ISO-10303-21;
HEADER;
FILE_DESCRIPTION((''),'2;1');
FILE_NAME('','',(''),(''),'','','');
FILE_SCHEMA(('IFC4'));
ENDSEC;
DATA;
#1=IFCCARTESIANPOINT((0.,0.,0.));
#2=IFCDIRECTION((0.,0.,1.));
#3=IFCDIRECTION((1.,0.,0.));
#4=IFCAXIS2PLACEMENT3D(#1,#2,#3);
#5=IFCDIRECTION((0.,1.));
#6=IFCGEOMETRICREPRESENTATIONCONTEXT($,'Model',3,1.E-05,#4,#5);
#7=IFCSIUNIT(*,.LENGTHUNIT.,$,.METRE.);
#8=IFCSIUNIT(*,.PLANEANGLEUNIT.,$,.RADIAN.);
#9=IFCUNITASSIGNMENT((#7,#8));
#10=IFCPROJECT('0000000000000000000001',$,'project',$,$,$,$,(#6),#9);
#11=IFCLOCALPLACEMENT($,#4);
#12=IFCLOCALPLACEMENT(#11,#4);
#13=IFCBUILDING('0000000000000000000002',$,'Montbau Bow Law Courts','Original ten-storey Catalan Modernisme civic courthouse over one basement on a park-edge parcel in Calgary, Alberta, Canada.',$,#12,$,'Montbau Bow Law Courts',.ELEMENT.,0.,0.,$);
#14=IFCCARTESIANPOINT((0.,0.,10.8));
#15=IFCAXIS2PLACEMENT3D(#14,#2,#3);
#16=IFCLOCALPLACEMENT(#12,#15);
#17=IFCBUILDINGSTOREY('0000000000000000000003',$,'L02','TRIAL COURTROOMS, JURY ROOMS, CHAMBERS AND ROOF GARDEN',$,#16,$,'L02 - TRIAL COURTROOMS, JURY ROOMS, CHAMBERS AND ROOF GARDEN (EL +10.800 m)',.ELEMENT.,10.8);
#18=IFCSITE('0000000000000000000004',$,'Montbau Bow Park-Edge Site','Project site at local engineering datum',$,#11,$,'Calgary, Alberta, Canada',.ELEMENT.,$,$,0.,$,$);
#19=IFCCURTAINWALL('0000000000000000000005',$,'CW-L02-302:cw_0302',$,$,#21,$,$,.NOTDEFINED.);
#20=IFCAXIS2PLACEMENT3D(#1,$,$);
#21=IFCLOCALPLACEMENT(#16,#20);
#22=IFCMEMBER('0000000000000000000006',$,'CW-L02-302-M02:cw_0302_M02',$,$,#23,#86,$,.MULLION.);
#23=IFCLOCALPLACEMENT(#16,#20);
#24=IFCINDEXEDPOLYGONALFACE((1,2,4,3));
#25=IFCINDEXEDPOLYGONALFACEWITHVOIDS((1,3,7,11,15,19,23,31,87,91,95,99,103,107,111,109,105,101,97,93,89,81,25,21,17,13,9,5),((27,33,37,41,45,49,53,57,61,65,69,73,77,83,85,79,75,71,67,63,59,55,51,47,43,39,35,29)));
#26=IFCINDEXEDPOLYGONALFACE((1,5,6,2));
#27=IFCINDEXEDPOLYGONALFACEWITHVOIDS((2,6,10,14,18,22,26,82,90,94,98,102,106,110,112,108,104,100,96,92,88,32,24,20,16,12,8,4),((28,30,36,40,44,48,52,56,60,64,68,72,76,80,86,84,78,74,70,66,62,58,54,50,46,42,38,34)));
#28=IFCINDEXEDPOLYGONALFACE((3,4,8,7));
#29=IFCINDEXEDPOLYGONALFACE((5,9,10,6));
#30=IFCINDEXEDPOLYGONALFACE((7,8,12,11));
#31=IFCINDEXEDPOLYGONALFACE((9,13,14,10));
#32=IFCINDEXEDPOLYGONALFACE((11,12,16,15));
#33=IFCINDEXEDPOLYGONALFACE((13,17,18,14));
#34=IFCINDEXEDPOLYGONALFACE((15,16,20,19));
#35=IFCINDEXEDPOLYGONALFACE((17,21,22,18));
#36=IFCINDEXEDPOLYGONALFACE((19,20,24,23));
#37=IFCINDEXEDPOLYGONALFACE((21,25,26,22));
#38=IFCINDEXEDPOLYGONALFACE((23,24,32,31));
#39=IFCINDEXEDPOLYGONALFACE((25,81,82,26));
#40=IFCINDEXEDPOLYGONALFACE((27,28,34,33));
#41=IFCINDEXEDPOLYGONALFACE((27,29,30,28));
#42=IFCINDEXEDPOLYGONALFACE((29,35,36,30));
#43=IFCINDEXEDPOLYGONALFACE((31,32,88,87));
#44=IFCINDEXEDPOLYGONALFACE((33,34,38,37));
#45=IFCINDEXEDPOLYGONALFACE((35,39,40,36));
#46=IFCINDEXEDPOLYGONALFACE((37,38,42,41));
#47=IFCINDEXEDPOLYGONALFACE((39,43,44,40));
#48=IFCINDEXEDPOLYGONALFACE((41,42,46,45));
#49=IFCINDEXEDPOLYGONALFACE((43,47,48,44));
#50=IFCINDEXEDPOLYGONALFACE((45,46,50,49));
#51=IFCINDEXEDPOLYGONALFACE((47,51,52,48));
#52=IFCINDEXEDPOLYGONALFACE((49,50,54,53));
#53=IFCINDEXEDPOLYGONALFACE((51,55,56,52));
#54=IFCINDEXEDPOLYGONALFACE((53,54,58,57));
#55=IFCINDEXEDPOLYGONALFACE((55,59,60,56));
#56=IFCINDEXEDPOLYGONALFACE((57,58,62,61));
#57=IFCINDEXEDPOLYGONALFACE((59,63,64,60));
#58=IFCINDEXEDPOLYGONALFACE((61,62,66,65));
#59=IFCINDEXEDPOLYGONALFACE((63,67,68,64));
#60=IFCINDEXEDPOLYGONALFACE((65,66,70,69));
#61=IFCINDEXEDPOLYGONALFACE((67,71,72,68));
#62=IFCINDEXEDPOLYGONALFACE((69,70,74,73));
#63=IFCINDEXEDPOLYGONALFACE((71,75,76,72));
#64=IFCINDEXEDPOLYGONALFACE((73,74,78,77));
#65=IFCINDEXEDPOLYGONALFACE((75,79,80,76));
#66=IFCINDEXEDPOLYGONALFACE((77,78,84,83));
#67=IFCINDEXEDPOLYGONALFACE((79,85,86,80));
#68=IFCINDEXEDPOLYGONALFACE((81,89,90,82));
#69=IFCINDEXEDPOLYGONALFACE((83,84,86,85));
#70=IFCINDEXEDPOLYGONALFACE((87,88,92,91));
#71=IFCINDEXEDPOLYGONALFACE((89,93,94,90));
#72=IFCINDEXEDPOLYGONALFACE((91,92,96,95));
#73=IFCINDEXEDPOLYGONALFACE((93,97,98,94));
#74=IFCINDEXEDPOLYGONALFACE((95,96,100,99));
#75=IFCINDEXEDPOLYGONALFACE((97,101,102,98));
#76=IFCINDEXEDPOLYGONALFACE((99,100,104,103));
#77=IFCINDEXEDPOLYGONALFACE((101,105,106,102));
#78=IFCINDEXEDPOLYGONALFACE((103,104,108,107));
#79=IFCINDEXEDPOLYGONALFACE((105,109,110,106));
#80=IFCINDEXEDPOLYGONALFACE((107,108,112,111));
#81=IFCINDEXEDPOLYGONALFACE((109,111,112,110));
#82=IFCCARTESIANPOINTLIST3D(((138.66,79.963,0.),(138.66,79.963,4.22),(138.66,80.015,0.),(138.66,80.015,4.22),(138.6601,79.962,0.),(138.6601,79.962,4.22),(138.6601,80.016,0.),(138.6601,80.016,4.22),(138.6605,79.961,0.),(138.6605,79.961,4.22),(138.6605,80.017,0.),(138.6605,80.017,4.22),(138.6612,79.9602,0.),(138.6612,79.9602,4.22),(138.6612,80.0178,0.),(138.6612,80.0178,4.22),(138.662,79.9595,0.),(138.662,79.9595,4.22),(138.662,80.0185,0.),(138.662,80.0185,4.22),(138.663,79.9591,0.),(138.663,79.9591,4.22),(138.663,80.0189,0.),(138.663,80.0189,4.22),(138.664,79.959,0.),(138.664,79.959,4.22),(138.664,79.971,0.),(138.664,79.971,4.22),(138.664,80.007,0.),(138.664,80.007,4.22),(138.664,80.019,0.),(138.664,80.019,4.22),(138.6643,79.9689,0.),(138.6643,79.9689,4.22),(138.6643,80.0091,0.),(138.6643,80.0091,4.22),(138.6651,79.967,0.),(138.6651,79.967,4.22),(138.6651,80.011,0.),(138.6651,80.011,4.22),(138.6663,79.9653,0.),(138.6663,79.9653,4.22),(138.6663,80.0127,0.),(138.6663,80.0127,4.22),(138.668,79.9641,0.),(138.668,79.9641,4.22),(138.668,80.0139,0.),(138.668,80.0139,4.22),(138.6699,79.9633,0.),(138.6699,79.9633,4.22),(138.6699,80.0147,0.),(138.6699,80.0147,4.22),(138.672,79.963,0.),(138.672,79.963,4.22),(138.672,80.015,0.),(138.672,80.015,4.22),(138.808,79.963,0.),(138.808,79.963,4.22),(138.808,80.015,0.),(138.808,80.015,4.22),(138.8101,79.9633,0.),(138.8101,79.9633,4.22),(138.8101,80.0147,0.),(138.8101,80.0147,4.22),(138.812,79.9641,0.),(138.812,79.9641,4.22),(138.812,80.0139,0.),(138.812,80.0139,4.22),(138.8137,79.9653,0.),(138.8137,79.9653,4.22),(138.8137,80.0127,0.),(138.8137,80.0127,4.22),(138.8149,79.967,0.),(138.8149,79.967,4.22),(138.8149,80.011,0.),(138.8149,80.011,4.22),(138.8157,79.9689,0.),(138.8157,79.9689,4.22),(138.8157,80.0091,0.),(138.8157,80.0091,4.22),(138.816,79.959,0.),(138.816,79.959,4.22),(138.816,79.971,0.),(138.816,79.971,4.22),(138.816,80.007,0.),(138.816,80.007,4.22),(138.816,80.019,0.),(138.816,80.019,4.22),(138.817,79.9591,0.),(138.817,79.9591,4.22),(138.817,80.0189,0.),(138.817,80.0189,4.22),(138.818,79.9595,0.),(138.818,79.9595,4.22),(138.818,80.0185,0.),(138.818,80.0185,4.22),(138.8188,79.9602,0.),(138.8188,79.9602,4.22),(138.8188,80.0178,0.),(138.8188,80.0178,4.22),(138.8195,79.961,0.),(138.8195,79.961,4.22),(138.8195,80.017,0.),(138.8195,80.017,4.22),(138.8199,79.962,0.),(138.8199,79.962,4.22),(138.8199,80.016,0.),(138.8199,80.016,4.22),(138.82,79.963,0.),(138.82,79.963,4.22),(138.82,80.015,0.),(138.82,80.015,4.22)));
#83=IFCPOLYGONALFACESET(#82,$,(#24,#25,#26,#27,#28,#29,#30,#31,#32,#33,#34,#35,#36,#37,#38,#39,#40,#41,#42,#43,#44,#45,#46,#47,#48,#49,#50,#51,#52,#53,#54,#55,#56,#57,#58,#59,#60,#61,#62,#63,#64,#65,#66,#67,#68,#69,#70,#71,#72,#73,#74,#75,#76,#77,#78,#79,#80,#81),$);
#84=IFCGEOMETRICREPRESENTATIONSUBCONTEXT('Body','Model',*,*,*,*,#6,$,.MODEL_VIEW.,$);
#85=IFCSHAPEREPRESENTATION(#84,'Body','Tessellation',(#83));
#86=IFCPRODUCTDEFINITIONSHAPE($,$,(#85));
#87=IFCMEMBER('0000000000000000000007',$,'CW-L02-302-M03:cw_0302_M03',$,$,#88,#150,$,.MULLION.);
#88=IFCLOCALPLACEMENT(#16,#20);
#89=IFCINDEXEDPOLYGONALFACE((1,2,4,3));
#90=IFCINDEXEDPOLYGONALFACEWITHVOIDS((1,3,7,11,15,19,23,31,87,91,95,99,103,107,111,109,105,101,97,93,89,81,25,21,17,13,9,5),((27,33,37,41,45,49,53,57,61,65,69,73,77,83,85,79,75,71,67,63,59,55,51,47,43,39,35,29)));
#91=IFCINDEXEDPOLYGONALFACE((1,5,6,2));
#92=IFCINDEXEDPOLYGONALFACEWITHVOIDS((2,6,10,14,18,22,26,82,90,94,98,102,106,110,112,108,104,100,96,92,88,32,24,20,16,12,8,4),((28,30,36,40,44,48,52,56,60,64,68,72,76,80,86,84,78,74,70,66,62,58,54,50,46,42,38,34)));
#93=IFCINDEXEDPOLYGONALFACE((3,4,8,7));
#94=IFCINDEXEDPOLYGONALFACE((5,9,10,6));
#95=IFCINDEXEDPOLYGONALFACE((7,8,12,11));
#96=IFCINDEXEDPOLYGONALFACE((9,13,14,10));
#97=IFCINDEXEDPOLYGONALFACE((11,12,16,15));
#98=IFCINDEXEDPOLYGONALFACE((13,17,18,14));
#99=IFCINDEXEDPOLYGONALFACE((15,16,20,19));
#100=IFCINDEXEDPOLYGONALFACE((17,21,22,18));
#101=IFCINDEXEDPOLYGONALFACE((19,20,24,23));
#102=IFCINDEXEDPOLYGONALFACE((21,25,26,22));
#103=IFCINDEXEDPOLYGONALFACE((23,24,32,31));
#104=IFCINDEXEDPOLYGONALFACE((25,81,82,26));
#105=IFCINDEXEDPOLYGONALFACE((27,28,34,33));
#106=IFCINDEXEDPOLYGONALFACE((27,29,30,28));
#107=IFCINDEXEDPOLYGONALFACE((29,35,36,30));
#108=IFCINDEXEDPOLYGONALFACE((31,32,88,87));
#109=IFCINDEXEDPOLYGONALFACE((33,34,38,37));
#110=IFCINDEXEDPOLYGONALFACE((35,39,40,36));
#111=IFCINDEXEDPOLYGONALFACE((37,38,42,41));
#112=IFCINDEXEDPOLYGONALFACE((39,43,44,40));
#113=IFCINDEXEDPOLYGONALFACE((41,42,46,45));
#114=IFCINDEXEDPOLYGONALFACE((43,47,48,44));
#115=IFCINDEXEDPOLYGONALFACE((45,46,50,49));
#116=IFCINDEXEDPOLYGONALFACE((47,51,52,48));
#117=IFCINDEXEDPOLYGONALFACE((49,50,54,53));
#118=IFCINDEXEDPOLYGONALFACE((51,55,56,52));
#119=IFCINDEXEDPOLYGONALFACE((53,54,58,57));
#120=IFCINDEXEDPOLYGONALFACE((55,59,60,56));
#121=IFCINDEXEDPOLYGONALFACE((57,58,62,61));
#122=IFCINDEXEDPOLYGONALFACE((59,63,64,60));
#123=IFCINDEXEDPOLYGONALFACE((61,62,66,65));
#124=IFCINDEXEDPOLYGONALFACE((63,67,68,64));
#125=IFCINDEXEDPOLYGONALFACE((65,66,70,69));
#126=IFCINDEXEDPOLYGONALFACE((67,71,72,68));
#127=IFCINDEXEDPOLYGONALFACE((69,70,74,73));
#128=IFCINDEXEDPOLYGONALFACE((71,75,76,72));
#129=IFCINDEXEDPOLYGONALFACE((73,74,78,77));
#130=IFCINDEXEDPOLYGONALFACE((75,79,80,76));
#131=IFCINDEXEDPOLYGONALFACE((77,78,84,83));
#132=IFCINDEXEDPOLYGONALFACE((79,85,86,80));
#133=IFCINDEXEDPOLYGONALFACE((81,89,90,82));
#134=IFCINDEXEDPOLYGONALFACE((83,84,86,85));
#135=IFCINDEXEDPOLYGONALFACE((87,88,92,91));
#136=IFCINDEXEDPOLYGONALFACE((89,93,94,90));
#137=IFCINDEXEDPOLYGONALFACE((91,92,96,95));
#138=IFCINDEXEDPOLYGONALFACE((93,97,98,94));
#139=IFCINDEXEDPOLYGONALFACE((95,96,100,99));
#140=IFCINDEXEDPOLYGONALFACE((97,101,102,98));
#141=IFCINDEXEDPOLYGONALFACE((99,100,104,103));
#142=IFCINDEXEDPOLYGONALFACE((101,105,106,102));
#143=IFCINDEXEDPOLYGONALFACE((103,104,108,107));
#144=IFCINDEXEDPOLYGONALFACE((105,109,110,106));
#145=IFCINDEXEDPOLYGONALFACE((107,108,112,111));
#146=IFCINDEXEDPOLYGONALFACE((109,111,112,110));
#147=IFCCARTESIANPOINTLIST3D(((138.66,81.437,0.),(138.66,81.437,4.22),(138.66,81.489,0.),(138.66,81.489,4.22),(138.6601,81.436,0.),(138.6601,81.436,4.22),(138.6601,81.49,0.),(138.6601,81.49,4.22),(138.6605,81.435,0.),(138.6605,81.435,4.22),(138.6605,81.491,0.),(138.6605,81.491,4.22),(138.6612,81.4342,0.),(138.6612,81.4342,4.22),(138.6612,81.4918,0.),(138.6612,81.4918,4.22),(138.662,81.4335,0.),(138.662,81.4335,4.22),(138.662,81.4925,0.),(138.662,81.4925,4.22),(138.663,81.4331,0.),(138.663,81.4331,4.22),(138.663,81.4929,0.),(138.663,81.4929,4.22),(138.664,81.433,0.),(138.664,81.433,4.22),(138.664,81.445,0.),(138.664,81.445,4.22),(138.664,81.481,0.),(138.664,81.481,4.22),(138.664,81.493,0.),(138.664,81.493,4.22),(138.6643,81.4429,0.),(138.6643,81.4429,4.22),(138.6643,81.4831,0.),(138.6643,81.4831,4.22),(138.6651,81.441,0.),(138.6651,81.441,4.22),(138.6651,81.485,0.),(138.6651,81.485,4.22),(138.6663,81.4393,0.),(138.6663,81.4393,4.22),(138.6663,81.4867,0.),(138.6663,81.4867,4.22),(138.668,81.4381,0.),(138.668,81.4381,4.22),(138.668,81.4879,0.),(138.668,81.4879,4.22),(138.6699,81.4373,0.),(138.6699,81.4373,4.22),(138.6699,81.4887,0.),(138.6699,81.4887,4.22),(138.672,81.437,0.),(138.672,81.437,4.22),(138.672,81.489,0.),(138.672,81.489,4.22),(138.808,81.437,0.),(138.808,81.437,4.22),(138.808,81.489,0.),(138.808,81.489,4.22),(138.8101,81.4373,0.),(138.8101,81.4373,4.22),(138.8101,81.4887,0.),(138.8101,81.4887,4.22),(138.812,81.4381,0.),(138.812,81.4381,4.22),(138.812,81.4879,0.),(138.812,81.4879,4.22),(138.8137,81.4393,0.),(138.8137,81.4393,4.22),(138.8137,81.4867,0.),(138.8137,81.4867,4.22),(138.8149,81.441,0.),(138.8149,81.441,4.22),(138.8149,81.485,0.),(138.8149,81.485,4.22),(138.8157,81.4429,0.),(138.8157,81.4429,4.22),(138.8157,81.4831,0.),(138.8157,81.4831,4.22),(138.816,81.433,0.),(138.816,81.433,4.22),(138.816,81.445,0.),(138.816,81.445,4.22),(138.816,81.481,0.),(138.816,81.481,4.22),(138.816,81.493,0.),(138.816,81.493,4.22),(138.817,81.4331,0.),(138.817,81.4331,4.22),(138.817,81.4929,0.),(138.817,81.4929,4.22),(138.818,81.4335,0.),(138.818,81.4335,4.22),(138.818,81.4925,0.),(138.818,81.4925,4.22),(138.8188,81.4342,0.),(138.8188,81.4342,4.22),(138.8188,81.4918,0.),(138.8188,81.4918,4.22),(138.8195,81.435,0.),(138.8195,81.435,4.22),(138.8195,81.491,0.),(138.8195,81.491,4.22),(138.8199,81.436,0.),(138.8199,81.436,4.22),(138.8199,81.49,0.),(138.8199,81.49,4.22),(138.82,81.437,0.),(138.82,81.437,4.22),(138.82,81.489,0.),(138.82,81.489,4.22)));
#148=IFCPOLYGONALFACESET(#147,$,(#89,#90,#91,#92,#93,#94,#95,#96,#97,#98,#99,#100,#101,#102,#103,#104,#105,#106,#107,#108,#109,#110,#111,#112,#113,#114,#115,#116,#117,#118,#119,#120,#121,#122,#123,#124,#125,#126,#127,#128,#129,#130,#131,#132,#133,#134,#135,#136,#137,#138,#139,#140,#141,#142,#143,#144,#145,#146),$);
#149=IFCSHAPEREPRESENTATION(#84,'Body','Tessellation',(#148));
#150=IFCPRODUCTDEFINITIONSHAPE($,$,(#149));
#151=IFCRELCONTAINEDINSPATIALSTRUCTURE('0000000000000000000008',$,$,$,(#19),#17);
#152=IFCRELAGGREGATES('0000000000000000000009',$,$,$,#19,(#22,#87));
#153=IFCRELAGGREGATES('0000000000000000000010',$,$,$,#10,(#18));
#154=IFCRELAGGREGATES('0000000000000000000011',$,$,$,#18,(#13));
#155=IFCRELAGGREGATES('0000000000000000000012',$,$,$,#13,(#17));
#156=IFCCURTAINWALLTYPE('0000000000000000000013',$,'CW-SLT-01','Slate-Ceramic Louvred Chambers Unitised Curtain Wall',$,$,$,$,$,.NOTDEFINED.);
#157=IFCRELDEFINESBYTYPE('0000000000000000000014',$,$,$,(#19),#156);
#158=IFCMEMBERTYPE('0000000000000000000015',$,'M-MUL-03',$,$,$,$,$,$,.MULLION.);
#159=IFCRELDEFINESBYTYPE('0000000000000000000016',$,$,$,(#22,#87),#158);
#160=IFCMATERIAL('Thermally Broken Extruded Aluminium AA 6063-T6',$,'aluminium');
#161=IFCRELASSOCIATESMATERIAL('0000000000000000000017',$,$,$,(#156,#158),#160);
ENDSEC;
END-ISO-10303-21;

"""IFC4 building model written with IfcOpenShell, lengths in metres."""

from ifc_helpers import new_model, si_unit, direction, frame, origin_with_axes, origin_2d_with_axis, place, context, subcontext, project, spatial, hollow_rectangle, extrude, material, material_profile, profile_set, type_object, element, aggregate, save


model = new_model("IFC4")

# Units and contexts
model_context = context("Model", 3, precision=1e-05, world=origin_with_axes(), true_north=direction((0.0, 1.0)))
body_context = subcontext(model_context, "Body", "Model", "MODEL_VIEW")
ifc_project = project(units=[si_unit("LENGTHUNIT", "METRE"), si_unit("PLANEANGLEUNIT", "RADIAN")], contexts=[model_context])

# Site, building, storey
site_placement = place(None, origin_with_axes())
site = spatial("IfcSite", under=ifc_project, at=site_placement, Name="Montbau Bow Park-Edge Site", Description="Project site at local engineering datum", LongName="Calgary, Alberta, Canada", CompositionType="ELEMENT", RefElevation=0.0)
building_placement = place(site_placement, origin_with_axes())
building = spatial("IfcBuilding", under=site, at=building_placement, Name="Montbau Bow Law Courts", Description="Original ten-storey Catalan Modernisme civic courthouse over one basement on a park-edge parcel in Calgary, Alberta, Canada.", LongName="Montbau Bow Law Courts", CompositionType="ELEMENT", ElevationOfRefHeight=0.0, ElevationOfTerrain=0.0)
storey_placement = place(building_placement, frame((0.0, 0.0, 10.8), z_axis=(0.0, 0.0, 1.0), x_axis=(1.0, 0.0, 0.0)))
storey = spatial("IfcBuildingStorey", under=building, at=storey_placement, Name="L02", Description="TRIAL COURTROOMS, JURY ROOMS, CHAMBERS AND ROOF GARDEN", LongName="L02 - TRIAL COURTROOMS, JURY ROOMS, CHAMBERS AND ROOF GARDEN (EL +10.800 m)", CompositionType="ELEMENT", Elevation=10.8)

# Curtain wall, members
ifc_material_1 = material(Name="Thermally Broken Extruded Aluminium AA 6063-T6", Category="aluminium")
curtain_wall_type = type_object("IfcCurtainWallType", Name="CW-SLT-01", Description="Slate-Ceramic Louvred Chambers Unitised Curtain Wall", PredefinedType="NOTDEFINED", material=ifc_material_1)
curtain_wall_1_placement = place(None, frame((138.74, 78.515, 10.8), z_axis=(0.0, 0.0, 1.0), x_axis=(1.0, 0.0, 0.0)))
curtain_wall_1 = element("IfcCurtainWall", 1, at=curtain_wall_1_placement, inside=storey, type_object=curtain_wall_type, Name="CW-L02-302:cw_0302", PredefinedType="NOTDEFINED")
ifc_material_profile_1 = material_profile(ifc_material_1, hollow_rectangle(XDim=0.06, YDim=0.16, WallThickness=0.004, InnerFilletRadius=0.008, OuterFilletRadius=0.004, at=origin_2d_with_axis()), Name="CWM-160X60", Category="Main", Priority=0)
ifc_profile_set_1 = profile_set([ifc_material_profile_1], Name="Thermally Broken Extruded Aluminium AA 6063-T6")
member_type_1 = type_object("IfcMemberType", Name="M-MUL-03", PredefinedType="MULLION", material=ifc_profile_set_1)
member_1_placement = place(None, frame((138.74, 79.989, 10.8), z_axis=(0.0, 0.0, 1.0), x_axis=(0.0, 1.0, 0.0)))
member_1 = element("IfcMember", 2, at=member_1_placement, type_object=member_type_1, Name="CW-L02-302-M02:cw_0302_M02", PredefinedType="MULLION", context=body_context, shape_type="SweptSolid", body=[
    extrude(hollow_rectangle(XDim=0.06, YDim=0.16, WallThickness=0.004, InnerFilletRadius=0.008, OuterFilletRadius=0.004, at=origin_2d_with_axis()), origin_with_axes(), (0.0, 0.0, 1.0), 4.22),
])
member_2_placement = place(None, frame((138.74, 81.463, 10.8), z_axis=(0.0, 0.0, 1.0), x_axis=(0.0, 1.0, 0.0)))
member_2 = element("IfcMember", 3, at=member_2_placement, type_object=member_type_1, Name="CW-L02-302-M03:cw_0302_M03", PredefinedType="MULLION", context=body_context, shape_type="SweptSolid", body=[
    extrude(hollow_rectangle(XDim=0.06, YDim=0.16, WallThickness=0.004, InnerFilletRadius=0.008, OuterFilletRadius=0.004, at=origin_2d_with_axis()), origin_with_axes(), (0.0, 0.0, 1.0), 4.22),
])

aggregate(curtain_wall_1, [member_1, member_2])

save(model, "model.ifc")
